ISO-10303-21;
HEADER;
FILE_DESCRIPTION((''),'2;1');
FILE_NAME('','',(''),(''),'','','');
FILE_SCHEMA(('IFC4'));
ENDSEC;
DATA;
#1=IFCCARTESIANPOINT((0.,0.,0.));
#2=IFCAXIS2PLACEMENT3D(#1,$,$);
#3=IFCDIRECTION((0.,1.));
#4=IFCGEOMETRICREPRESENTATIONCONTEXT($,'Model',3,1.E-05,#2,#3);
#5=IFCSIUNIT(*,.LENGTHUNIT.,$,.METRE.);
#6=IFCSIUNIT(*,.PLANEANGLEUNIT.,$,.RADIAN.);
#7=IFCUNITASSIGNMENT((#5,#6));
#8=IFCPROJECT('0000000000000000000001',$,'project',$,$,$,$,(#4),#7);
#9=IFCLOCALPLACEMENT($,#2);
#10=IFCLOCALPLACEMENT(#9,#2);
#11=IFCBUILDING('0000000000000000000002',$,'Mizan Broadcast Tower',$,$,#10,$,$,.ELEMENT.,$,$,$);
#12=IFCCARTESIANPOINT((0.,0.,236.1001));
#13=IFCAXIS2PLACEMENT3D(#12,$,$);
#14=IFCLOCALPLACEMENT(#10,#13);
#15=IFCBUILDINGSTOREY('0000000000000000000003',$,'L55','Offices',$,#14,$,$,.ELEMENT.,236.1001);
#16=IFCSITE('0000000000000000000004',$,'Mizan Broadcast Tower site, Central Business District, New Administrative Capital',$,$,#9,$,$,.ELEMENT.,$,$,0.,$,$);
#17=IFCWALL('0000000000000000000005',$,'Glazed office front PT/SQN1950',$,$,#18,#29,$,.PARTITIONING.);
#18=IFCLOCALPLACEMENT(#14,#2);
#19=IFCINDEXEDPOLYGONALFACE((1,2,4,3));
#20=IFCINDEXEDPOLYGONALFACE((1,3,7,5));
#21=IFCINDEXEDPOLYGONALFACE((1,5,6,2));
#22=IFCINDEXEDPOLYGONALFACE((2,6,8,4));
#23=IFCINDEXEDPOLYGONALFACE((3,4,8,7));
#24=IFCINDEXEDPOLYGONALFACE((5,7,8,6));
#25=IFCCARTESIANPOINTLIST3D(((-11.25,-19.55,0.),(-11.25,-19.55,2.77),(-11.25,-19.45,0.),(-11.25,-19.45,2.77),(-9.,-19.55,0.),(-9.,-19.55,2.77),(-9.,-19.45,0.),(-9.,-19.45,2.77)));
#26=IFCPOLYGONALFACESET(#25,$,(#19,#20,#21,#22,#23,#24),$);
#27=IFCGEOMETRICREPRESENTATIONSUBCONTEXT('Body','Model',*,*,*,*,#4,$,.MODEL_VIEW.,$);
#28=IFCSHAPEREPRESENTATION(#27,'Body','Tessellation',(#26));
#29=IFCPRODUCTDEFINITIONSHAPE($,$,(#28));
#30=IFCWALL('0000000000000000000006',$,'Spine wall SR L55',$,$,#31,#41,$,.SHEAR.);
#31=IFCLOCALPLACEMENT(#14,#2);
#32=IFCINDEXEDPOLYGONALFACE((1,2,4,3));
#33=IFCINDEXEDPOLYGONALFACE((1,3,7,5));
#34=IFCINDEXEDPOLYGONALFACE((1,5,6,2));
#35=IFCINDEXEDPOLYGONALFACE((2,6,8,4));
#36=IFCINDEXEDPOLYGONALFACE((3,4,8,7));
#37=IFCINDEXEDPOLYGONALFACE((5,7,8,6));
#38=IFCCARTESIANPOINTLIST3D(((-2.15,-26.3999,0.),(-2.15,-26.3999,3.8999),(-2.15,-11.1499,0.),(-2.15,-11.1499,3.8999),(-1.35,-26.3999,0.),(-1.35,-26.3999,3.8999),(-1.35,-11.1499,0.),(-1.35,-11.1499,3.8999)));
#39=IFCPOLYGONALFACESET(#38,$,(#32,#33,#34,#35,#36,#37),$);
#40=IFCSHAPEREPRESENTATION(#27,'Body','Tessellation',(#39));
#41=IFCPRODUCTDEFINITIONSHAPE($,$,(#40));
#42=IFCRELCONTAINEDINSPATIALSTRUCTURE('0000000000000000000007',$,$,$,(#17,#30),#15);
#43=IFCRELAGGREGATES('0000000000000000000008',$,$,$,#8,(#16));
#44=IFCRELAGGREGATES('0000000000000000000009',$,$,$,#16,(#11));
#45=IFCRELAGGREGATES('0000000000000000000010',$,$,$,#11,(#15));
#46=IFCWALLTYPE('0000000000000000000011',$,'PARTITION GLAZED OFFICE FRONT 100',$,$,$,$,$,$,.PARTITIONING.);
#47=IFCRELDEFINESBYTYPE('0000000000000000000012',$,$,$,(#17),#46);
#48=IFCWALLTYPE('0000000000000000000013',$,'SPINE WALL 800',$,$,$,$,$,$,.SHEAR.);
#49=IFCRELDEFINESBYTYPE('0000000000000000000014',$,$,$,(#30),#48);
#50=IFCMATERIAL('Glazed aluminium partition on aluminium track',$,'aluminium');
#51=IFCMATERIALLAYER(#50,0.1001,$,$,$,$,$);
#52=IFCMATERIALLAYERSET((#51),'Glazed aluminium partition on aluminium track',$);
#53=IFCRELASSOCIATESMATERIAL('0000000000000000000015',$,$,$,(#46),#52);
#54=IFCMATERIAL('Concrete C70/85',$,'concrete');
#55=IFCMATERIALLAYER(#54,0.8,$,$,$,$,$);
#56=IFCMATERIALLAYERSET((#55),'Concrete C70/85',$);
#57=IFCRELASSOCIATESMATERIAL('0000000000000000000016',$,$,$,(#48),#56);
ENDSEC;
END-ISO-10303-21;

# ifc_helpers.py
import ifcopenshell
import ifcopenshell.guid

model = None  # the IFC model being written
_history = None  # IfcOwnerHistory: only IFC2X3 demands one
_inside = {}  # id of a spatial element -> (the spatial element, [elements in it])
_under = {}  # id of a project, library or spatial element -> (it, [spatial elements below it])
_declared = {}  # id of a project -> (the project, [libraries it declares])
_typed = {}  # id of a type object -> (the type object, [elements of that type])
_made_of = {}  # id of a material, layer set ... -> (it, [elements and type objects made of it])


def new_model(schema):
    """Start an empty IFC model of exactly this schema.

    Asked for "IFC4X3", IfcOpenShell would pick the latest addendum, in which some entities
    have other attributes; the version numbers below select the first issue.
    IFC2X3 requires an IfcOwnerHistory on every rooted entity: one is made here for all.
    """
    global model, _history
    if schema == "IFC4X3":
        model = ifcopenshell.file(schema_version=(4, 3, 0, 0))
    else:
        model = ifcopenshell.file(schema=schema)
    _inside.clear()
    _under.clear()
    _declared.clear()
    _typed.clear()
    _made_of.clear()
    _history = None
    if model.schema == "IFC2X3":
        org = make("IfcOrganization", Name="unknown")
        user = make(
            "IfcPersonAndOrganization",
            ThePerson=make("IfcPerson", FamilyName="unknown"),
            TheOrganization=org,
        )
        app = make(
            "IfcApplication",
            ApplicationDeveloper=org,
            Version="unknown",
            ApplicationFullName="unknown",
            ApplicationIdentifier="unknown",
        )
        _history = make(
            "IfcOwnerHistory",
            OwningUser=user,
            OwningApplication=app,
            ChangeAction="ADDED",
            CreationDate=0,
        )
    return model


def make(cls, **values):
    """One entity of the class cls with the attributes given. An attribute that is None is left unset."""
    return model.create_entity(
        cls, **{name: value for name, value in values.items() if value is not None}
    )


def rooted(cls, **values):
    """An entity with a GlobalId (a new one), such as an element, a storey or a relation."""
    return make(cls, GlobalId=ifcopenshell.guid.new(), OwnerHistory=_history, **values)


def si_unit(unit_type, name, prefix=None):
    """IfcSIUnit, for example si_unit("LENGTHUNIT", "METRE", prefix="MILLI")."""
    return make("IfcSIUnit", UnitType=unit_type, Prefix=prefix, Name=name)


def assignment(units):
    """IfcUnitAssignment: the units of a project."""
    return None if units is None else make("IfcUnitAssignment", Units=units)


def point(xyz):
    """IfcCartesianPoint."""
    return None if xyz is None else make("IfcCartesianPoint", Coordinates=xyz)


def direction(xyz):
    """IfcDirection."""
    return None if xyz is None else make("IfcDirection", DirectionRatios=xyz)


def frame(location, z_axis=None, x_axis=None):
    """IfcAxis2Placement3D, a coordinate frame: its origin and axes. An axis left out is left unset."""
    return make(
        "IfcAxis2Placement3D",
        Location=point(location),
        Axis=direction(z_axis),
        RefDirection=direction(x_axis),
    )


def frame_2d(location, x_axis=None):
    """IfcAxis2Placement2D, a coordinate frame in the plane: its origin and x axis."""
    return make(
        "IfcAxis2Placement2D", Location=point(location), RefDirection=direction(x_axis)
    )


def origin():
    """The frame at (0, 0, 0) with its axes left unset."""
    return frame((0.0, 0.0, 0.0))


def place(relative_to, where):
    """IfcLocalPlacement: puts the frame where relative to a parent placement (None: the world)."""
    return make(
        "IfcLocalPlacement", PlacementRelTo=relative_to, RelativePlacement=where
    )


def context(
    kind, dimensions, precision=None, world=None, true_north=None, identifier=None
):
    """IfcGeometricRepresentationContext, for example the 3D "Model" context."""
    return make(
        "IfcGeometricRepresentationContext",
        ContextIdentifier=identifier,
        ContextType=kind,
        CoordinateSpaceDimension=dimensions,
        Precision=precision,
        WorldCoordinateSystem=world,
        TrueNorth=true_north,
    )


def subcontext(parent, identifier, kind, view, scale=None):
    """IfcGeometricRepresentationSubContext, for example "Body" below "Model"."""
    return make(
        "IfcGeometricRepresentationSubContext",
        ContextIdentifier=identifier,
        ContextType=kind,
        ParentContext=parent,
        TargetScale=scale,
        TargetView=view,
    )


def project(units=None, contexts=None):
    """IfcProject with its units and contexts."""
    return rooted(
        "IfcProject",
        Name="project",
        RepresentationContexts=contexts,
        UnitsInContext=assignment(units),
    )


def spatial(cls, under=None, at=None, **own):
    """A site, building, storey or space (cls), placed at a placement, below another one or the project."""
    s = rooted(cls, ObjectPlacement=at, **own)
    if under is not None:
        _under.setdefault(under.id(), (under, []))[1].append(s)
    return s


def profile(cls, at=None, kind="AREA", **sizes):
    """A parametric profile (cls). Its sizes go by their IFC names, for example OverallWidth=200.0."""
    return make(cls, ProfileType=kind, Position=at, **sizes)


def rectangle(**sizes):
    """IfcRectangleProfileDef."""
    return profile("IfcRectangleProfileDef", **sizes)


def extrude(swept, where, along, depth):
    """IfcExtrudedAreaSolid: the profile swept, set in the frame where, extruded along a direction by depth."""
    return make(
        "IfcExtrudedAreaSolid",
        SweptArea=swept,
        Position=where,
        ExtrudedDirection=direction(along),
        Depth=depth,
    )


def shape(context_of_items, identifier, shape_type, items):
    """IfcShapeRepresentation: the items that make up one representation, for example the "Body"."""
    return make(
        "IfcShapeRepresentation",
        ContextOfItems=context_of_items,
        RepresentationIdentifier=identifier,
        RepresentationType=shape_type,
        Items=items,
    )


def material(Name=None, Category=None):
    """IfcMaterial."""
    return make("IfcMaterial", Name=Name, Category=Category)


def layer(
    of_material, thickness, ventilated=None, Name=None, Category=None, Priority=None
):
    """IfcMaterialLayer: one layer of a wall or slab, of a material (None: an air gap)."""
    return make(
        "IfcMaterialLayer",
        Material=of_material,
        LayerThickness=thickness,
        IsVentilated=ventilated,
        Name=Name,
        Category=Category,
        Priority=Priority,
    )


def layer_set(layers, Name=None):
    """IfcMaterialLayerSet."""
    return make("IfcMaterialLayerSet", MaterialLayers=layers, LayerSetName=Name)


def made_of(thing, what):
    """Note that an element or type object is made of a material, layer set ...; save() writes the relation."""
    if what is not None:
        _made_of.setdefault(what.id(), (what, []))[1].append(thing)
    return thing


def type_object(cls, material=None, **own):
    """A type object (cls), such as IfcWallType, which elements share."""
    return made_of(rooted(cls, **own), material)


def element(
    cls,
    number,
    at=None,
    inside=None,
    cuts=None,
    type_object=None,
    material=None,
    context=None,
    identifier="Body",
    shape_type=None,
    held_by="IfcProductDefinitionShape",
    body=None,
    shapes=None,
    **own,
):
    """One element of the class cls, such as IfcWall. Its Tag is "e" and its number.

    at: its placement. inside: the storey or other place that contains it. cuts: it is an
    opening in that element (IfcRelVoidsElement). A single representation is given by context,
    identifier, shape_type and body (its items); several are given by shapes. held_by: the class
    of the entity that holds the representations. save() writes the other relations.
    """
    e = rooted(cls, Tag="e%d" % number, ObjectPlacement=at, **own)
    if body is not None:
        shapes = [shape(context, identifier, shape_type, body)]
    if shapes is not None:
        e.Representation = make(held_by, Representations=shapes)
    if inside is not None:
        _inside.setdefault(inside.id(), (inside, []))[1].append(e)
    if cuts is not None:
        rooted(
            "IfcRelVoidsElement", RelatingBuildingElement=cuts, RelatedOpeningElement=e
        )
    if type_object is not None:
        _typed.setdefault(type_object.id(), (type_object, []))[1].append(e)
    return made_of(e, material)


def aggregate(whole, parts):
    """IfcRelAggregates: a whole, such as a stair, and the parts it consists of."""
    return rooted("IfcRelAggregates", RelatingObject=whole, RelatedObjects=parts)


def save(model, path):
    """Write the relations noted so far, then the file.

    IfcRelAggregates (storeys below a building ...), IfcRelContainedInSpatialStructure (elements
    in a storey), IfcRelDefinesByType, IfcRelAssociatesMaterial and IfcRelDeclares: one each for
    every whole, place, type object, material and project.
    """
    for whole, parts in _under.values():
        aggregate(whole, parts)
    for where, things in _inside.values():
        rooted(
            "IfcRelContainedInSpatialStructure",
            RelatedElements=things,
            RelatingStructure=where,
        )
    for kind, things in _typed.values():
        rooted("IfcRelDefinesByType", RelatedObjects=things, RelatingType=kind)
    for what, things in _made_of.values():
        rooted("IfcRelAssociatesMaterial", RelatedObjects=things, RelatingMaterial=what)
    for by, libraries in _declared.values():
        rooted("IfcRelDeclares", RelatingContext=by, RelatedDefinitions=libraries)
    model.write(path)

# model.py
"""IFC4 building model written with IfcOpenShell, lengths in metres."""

from ifc_helpers import new_model, si_unit, direction, frame, frame_2d, origin, place, context, subcontext, project, spatial, rectangle, extrude, material, layer, layer_set, type_object, element, save


model = new_model("IFC4")

# Units and contexts
model_context = context("Model", 3, precision=1e-05, world=origin(), true_north=direction((0.0, 1.0)))
body_context = subcontext(model_context, "Body", "Model", "MODEL_VIEW")
ifc_project = project(units=[si_unit("LENGTHUNIT", "METRE"), si_unit("PLANEANGLEUNIT", "RADIAN")], contexts=[model_context])

# Site, building, storey
site_placement = place(None, origin())
site = spatial("IfcSite", under=ifc_project, at=site_placement, Name="Mizan Broadcast Tower site, Central Business District, New Administrative Capital", CompositionType="ELEMENT", RefElevation=0.0)
building_placement = place(site_placement, origin())
building = spatial("IfcBuilding", under=site, at=building_placement, Name="Mizan Broadcast Tower", CompositionType="ELEMENT")
storey_placement = place(building_placement, frame((0.0, 0.0, 236.1001)))
storey = spatial("IfcBuildingStorey", under=building, at=storey_placement, Name="L55", Description="Offices", CompositionType="ELEMENT", Elevation=236.1001)

# Walls
ifc_material_1 = material(Name="Glazed aluminium partition on aluminium track", Category="aluminium")
ifc_layer_1 = layer(ifc_material_1, 0.1001)
ifc_layer_set_1 = layer_set([ifc_layer_1], Name="Glazed aluminium partition on aluminium track")
wall_type_1 = type_object("IfcWallType", Name="PARTITION GLAZED OFFICE FRONT 100", PredefinedType="PARTITIONING", material=ifc_layer_set_1)
wall_1_placement = place(storey_placement, frame((-9.0, -19.5, 0.0), z_axis=(0.0, 0.0, 1.0), x_axis=(-1.0, 0.0, 0.0)))
element("IfcWall", 1, at=wall_1_placement, inside=storey, type_object=wall_type_1, Name="Glazed office front PT/SQN1950", PredefinedType="PARTITIONING", context=body_context, shape_type="SweptSolid", body=[
    extrude(rectangle(XDim=2.25, YDim=0.1001, at=frame_2d((1.125, 0.0))), origin(), (0.0, 0.0, 1.0), 2.77),
])
ifc_material_2 = material(Name="Concrete C70/85", Category="concrete")
ifc_layer_2 = layer(ifc_material_2, 0.8)
ifc_layer_set_2 = layer_set([ifc_layer_2], Name="Concrete C70/85")
wall_type_2 = type_object("IfcWallType", Name="SPINE WALL 800", PredefinedType="SHEAR", material=ifc_layer_set_2)
wall_2_placement = place(storey_placement, frame((-1.75, -11.1499, 0.0), z_axis=(0.0, 0.0, 1.0), x_axis=(0.0, -1.0, 0.0)))
element("IfcWall", 2, at=wall_2_placement, inside=storey, type_object=wall_type_2, Name="Spine wall SR L55", PredefinedType="SHEAR", context=body_context, shape_type="SweptSolid", body=[
    extrude(rectangle(XDim=15.25, YDim=0.8, at=frame_2d((7.625, 0.0))), origin(), (0.0, 0.0, 1.0), 3.8999),
])

save(model, "model.ifc")
